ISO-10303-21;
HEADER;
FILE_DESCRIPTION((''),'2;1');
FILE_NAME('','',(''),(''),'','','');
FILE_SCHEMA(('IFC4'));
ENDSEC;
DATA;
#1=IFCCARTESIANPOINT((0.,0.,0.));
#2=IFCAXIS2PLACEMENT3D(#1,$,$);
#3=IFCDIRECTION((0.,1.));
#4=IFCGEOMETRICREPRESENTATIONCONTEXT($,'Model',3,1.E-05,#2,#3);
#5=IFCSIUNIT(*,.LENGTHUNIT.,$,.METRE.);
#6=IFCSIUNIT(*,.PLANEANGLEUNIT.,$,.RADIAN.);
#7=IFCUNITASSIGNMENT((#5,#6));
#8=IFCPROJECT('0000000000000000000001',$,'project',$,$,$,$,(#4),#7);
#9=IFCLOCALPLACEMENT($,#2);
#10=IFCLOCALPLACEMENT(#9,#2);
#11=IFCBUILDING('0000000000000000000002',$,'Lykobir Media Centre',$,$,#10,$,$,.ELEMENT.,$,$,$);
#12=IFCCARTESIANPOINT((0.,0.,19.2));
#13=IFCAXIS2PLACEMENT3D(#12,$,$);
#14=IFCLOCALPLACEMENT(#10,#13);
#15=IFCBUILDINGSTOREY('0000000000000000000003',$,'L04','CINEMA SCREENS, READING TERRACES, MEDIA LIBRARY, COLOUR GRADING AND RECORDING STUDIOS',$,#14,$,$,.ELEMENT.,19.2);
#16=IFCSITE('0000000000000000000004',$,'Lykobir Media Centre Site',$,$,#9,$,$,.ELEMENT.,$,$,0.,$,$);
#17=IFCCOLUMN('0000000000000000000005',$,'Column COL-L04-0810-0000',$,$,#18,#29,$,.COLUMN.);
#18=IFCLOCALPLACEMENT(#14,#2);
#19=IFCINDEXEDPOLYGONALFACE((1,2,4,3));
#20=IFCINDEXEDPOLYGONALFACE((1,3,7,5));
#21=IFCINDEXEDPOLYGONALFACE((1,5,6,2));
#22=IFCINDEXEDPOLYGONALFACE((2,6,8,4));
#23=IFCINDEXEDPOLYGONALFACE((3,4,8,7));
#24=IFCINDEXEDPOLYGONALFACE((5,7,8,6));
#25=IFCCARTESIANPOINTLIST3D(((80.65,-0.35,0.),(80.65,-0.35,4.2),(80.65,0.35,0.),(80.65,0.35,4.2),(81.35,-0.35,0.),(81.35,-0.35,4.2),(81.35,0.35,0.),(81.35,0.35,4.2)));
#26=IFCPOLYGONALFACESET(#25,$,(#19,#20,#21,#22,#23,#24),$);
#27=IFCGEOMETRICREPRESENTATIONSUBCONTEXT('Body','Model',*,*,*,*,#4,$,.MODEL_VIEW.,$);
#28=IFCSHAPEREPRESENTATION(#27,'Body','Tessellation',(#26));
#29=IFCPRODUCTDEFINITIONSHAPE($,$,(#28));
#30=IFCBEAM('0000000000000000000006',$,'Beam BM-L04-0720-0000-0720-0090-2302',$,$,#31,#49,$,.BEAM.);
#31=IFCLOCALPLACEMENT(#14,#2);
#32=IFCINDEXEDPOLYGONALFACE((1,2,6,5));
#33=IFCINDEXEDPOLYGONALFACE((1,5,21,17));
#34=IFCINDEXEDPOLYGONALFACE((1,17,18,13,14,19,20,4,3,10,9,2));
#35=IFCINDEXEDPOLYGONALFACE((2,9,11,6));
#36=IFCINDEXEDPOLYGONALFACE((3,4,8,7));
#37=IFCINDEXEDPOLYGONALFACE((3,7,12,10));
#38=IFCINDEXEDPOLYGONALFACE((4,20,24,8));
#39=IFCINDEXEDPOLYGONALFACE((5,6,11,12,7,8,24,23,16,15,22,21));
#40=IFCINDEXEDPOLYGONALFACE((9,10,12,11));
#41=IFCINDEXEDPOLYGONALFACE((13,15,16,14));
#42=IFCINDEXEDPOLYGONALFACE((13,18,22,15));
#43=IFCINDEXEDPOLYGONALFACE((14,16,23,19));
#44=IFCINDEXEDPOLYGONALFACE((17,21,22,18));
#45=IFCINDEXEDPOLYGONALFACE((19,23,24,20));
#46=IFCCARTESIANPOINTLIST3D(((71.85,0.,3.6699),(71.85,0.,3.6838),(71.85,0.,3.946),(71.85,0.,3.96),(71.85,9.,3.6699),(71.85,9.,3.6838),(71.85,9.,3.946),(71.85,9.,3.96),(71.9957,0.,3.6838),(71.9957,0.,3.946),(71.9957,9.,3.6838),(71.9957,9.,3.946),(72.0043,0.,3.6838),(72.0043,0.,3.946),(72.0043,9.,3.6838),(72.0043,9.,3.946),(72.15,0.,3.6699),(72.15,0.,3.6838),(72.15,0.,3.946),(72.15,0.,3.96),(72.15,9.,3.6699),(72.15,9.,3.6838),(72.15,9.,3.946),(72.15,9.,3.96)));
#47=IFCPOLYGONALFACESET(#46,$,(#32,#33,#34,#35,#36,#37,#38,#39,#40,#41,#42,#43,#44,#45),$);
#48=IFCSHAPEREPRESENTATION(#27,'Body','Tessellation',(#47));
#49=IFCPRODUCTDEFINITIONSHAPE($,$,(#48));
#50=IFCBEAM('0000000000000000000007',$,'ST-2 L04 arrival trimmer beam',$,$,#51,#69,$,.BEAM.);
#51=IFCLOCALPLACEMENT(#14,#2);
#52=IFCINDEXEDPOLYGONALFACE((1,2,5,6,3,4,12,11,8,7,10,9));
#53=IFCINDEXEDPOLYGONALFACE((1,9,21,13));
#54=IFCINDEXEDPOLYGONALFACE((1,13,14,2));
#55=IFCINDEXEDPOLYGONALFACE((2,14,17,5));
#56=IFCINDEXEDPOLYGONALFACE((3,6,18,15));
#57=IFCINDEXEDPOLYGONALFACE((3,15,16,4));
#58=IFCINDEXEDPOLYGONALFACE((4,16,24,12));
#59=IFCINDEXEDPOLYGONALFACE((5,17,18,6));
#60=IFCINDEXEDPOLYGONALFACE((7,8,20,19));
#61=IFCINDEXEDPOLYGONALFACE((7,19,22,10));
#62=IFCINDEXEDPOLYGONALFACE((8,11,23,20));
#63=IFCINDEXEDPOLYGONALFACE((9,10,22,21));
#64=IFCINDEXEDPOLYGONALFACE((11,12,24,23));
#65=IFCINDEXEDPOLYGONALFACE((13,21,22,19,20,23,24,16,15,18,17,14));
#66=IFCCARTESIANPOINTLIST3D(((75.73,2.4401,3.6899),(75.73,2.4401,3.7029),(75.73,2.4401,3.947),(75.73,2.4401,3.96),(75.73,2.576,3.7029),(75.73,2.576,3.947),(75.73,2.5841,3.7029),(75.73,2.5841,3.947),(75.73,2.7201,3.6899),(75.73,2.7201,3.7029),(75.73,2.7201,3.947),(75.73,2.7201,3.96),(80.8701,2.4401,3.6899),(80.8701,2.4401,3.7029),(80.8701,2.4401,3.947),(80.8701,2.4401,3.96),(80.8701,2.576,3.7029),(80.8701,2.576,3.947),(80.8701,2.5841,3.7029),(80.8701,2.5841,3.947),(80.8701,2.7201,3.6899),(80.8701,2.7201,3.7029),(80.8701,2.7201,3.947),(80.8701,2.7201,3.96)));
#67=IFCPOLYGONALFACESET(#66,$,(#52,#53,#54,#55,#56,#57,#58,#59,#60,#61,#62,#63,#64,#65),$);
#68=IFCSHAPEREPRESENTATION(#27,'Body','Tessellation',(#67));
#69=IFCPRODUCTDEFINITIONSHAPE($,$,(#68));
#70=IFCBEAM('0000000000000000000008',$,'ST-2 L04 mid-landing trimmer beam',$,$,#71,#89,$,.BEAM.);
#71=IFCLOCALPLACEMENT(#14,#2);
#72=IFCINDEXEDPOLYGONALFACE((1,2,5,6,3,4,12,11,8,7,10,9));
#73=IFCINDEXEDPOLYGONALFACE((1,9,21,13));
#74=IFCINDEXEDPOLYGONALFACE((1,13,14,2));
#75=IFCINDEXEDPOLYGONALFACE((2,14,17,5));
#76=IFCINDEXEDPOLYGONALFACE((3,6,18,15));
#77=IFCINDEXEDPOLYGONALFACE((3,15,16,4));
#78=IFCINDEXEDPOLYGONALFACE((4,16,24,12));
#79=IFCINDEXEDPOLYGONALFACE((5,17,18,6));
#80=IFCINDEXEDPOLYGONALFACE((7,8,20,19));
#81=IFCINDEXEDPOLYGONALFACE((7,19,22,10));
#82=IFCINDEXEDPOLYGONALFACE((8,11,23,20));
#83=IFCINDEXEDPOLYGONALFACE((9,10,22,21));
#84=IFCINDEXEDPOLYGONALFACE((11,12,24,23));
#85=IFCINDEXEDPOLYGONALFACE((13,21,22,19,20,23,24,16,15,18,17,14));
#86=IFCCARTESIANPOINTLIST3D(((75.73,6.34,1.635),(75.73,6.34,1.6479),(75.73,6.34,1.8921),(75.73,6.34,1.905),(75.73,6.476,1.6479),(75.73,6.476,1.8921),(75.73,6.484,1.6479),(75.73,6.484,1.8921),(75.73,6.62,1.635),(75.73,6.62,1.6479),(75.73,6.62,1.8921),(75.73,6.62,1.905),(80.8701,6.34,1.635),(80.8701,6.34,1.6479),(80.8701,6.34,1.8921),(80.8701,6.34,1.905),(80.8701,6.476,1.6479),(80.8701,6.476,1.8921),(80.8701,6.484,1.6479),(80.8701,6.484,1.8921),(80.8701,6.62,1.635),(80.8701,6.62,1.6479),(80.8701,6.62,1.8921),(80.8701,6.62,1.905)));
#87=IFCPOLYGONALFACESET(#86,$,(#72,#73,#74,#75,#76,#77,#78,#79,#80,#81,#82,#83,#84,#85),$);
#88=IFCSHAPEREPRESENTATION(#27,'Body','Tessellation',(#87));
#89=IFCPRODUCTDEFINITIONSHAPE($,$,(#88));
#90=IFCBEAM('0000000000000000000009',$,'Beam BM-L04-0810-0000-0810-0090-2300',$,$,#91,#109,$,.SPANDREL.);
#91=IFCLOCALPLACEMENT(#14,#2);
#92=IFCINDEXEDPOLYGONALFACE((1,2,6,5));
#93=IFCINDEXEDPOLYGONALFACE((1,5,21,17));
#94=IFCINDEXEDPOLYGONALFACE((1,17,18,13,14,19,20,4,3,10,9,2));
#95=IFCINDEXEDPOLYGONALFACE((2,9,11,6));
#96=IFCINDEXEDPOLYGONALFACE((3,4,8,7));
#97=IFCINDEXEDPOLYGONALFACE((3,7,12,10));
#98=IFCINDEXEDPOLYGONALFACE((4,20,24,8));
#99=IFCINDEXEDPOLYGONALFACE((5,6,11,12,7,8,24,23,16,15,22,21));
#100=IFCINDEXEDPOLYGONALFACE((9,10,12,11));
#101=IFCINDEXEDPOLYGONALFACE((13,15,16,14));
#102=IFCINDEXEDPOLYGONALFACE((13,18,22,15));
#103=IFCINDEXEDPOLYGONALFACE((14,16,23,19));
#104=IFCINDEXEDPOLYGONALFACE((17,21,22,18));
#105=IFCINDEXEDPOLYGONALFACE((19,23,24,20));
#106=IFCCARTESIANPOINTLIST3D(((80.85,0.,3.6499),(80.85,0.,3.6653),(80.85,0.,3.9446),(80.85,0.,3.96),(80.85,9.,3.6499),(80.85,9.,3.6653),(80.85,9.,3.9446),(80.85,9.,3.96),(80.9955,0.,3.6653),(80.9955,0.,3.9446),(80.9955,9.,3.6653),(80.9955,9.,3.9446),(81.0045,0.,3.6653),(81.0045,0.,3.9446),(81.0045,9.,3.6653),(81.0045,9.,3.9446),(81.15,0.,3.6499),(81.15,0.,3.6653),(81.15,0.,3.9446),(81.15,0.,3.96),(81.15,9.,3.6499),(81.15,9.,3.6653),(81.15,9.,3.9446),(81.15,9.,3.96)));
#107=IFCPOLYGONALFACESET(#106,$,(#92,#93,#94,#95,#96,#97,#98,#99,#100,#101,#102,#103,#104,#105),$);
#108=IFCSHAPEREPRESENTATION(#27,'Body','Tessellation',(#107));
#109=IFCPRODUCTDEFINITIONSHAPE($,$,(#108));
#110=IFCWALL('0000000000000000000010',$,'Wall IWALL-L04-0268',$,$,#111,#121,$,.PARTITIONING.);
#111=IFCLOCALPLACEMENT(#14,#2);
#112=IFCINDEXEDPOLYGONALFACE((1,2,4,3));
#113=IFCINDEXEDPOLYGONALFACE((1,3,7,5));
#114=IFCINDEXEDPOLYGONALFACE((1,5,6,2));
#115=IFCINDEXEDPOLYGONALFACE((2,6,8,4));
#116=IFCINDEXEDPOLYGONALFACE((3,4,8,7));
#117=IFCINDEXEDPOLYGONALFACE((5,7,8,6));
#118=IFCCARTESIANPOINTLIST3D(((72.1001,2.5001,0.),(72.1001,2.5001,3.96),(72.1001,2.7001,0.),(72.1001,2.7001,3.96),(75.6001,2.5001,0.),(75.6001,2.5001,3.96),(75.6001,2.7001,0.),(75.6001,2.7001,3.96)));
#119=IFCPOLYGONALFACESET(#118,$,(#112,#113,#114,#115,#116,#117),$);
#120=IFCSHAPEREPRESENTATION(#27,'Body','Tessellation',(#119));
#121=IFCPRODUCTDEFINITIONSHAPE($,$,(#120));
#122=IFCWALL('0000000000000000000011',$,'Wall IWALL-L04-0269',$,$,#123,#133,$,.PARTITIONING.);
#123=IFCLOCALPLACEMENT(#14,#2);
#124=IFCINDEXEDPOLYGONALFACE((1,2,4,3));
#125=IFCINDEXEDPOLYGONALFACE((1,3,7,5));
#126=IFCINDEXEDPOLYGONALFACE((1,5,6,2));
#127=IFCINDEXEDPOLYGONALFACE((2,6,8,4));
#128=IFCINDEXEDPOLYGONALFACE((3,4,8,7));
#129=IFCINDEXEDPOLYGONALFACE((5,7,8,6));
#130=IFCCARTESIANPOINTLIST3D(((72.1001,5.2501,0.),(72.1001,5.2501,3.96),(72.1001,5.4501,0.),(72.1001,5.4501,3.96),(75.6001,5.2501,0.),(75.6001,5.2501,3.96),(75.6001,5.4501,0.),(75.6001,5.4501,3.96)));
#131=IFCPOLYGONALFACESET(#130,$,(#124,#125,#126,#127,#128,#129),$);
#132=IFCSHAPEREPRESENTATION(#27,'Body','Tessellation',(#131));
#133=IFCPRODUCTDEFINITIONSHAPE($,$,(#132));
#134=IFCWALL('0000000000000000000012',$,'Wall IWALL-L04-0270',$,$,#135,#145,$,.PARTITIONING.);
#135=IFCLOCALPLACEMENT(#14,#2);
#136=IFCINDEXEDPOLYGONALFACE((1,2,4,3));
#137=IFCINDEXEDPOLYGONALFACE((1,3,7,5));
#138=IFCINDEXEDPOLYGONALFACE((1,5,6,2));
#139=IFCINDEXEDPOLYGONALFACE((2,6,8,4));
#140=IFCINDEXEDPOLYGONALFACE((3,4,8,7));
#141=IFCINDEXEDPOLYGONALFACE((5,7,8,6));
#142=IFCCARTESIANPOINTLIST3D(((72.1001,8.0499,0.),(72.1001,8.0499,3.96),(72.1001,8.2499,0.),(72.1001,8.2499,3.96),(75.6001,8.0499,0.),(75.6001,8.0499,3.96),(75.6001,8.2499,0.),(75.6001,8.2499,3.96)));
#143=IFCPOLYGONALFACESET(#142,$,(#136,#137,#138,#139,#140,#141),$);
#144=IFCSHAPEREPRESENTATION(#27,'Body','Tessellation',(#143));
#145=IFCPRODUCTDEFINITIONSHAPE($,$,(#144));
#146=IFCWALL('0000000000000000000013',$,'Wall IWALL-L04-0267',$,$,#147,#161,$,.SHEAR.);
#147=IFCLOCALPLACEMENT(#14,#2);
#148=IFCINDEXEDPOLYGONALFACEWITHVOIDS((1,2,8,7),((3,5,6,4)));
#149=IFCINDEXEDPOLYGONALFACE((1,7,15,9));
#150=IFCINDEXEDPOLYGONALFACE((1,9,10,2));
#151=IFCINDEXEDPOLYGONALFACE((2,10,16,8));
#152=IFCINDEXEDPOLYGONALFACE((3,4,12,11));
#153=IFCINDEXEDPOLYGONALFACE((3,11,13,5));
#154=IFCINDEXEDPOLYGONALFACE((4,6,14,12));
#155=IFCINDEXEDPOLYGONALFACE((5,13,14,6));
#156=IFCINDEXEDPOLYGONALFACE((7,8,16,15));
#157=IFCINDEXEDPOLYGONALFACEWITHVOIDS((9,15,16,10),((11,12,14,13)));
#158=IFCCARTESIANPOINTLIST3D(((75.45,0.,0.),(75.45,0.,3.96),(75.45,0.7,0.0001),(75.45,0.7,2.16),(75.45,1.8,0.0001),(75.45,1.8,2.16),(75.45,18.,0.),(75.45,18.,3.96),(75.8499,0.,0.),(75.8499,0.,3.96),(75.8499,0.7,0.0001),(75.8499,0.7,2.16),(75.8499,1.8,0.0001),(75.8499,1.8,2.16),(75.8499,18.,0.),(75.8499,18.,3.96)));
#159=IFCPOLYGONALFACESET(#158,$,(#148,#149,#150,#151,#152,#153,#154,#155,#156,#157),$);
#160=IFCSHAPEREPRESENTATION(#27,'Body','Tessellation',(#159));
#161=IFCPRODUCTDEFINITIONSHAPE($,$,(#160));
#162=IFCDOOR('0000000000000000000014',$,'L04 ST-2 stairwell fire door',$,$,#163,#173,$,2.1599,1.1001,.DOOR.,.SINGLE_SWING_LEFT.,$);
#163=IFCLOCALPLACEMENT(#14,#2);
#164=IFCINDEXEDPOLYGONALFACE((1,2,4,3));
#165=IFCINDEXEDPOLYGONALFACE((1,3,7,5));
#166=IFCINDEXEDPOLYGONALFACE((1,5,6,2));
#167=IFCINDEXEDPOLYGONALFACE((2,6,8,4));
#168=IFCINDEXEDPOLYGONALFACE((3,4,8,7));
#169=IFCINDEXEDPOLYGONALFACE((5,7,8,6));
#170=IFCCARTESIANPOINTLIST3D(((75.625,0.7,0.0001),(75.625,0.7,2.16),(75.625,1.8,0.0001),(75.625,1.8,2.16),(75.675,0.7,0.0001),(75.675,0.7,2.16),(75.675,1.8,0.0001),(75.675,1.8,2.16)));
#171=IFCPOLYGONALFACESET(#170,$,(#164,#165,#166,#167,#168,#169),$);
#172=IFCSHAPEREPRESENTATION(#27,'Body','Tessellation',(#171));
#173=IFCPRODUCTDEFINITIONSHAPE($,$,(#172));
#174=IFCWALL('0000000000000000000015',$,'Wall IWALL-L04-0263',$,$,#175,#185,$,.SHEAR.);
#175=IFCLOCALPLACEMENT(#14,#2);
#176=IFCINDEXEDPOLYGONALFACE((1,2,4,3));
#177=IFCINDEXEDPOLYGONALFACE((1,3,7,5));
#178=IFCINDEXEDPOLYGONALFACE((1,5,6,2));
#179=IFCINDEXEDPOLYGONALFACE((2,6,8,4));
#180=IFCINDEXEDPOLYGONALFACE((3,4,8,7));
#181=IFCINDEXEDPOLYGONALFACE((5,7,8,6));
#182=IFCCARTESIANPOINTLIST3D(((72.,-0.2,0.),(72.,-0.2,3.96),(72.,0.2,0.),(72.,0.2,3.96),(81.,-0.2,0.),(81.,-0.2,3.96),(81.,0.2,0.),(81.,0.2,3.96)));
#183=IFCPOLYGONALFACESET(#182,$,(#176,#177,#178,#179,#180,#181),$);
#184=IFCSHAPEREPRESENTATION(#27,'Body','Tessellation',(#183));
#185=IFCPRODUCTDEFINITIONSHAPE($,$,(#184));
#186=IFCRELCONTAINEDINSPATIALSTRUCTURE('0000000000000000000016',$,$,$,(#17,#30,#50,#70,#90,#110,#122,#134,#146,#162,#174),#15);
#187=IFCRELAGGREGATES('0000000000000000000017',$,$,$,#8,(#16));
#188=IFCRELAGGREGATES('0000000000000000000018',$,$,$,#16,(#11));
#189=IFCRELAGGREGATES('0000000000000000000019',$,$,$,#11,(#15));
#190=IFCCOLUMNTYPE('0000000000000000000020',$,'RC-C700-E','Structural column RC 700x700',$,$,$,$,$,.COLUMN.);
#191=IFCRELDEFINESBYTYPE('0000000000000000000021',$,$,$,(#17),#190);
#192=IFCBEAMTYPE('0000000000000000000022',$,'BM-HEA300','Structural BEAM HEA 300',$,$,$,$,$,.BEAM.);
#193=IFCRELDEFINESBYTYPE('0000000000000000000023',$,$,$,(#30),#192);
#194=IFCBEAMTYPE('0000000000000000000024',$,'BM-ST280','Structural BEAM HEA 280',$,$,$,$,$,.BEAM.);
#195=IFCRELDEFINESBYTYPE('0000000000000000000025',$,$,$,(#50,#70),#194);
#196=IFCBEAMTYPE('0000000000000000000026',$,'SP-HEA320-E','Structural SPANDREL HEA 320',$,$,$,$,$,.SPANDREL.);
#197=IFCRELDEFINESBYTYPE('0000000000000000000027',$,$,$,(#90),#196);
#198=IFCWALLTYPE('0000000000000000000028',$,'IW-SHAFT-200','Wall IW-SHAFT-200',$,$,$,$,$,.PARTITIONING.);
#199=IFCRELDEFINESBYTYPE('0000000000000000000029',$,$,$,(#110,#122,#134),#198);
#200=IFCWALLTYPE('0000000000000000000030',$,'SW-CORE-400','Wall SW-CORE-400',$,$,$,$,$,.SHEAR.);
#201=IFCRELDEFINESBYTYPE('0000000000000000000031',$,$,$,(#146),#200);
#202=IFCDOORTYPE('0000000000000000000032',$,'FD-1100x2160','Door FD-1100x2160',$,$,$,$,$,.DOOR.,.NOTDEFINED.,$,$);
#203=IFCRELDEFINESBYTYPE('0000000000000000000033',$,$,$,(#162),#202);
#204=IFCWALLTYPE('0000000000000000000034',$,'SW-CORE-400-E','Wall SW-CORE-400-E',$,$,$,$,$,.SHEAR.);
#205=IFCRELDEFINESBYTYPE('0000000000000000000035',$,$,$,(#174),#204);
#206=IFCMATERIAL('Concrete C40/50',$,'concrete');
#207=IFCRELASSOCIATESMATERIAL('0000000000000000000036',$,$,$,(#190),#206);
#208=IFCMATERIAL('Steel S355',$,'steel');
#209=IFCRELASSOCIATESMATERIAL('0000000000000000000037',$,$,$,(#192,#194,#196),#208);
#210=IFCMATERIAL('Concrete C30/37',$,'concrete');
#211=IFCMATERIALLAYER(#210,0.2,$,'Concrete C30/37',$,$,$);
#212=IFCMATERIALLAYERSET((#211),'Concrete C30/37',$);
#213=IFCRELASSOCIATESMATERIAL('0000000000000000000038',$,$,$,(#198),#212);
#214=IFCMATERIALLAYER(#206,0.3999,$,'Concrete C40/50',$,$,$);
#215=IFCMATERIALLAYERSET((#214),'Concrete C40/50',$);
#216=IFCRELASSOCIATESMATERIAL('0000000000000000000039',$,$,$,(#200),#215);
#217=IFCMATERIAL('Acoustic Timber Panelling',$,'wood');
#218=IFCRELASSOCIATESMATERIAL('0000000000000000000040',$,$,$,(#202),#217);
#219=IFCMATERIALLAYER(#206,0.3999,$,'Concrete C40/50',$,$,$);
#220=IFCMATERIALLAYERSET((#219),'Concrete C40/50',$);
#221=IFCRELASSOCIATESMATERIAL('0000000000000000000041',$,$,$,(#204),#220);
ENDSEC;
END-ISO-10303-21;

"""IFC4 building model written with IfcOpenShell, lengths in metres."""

from ifc_helpers import new_model, si_unit, direction, frame, frame_2d, origin, origin_2d, place, context, subcontext, project, spatial, rectangle, i_section, extrude, material, layer, layer_set, material_profile, profile_set, type_object, element, fill, save


model = new_model("IFC4")

# Units and contexts
model_context = context("Model", 3, precision=1e-05, world=origin(), true_north=direction((0.0, 1.0)))
body_context = subcontext(model_context, "Body", "Model", "MODEL_VIEW")
ifc_project = project(units=[si_unit("LENGTHUNIT", "METRE"), si_unit("PLANEANGLEUNIT", "RADIAN")], contexts=[model_context])

# Site, building, storey
site_placement = place(None, origin())
site = spatial("IfcSite", under=ifc_project, at=site_placement, Name="Lykobir Media Centre Site", CompositionType="ELEMENT", RefElevation=0.0)
building_placement = place(site_placement, origin())
building = spatial("IfcBuilding", under=site, at=building_placement, Name="Lykobir Media Centre", CompositionType="ELEMENT")
storey_placement = place(building_placement, frame((0.0, 0.0, 19.2)))
storey = spatial("IfcBuildingStorey", under=building, at=storey_placement, Name="L04", Description="CINEMA SCREENS, READING TERRACES, MEDIA LIBRARY, COLOUR GRADING AND RECORDING STUDIOS", CompositionType="ELEMENT", Elevation=19.2)

# Column
ifc_material_1 = material(Name="Concrete C40/50", Category="concrete")
ifc_material_profile_1 = material_profile(ifc_material_1, rectangle(XDim=0.7, YDim=0.7, at=origin_2d()), Name="RC 700x700")
ifc_profile_set_1 = profile_set([ifc_material_profile_1], Name="Concrete C40/50")
column_type = type_object("IfcColumnType", Name="RC-C700-E", Description="Structural column RC 700x700", PredefinedType="COLUMN", material=ifc_profile_set_1)
column_placement = place(storey_placement, frame((81.0, 0.0, 0.0), z_axis=(0.0, 0.0, 1.0), x_axis=(1.0, 0.0, 0.0)))
element("IfcColumn", 1, at=column_placement, inside=storey, type_object=column_type, Name="Column COL-L04-0810-0000", PredefinedType="COLUMN", context=body_context, shape_type="SweptSolid", body=[
    extrude(rectangle(XDim=0.7, YDim=0.7, at=origin_2d()), origin(), (0.0, 0.0, 1.0), 4.2),
])

# Beams
ifc_material_2 = material(Name="Steel S355", Category="steel")
ifc_material_profile_2 = material_profile(ifc_material_2, i_section(OverallWidth=0.3, OverallDepth=0.29, WebThickness=0.0085, FlangeThickness=0.0139, at=origin_2d()), Name="HEA 300")
ifc_profile_set_2 = profile_set([ifc_material_profile_2], Name="Steel S355")
beam_type_1 = type_object("IfcBeamType", Name="BM-HEA300", Description="Structural BEAM HEA 300", PredefinedType="BEAM", material=ifc_profile_set_2)
beam_1_placement = place(storey_placement, frame((72.0, 0.0, 3.8149), z_axis=(0.0, 1.0, 0.0), x_axis=(-1.0, 0.0, 0.0)))
element("IfcBeam", 2, at=beam_1_placement, inside=storey, type_object=beam_type_1, Name="Beam BM-L04-0720-0000-0720-0090-2302", PredefinedType="BEAM", context=body_context, shape_type="SweptSolid", body=[
    extrude(i_section(OverallWidth=0.3, OverallDepth=0.29, WebThickness=0.0085, FlangeThickness=0.0139, at=origin_2d()), origin(), (0.0, 0.0, 1.0), 9.0),
])
ifc_material_profile_3 = material_profile(ifc_material_2, i_section(OverallWidth=0.28, OverallDepth=0.27, WebThickness=0.0081, FlangeThickness=0.0129, at=origin_2d()), Name="HEA 280")
ifc_profile_set_3 = profile_set([ifc_material_profile_3], Name="Steel S355")
beam_type_2 = type_object("IfcBeamType", Name="BM-ST280", Description="Structural BEAM HEA 280", PredefinedType="BEAM", material=ifc_profile_set_3)
for number, where, z_axis, x_axis, name in (
    (3, (75.73, 2.5801, 3.825), (1.0, 0.0, 0.0), (0.0, 1.0, 0.0), "ST-2 L04 arrival trimmer beam"),
    (4, (75.73, 6.48, 1.77), (1.0, 0.0, 0.0), (0.0, 1.0, 0.0), "ST-2 L04 mid-landing trimmer beam"),
):
    element("IfcBeam", number, at=place(storey_placement, frame(where, z_axis=z_axis, x_axis=x_axis)), inside=storey, type_object=beam_type_2, Name=name, PredefinedType="BEAM", context=body_context, shape_type="SweptSolid", body=[
        extrude(i_section(OverallWidth=0.28, OverallDepth=0.27, WebThickness=0.0081, FlangeThickness=0.0129, at=origin_2d()), origin(), (0.0, 0.0, 1.0), 5.1401),
    ])
ifc_material_profile_4 = material_profile(ifc_material_2, i_section(OverallWidth=0.3, OverallDepth=0.3101, WebThickness=0.009, FlangeThickness=0.0154, at=origin_2d()), Name="HEA 320")
ifc_profile_set_4 = profile_set([ifc_material_profile_4], Name="Steel S355")
beam_type_3 = type_object("IfcBeamType", Name="SP-HEA320-E", Description="Structural SPANDREL HEA 320", PredefinedType="SPANDREL", material=ifc_profile_set_4)
beam_2_placement = place(storey_placement, frame((81.0, 0.0, 3.8049), z_axis=(0.0, 1.0, 0.0), x_axis=(-1.0, 0.0, 0.0)))
element("IfcBeam", 5, at=beam_2_placement, inside=storey, type_object=beam_type_3, Name="Beam BM-L04-0810-0000-0810-0090-2300", PredefinedType="SPANDREL", context=body_context, shape_type="SweptSolid", body=[
    extrude(i_section(OverallWidth=0.3, OverallDepth=0.3101, WebThickness=0.009, FlangeThickness=0.0154, at=origin_2d()), origin(), (0.0, 0.0, 1.0), 9.0),
])

# Walls
ifc_material_3 = material(Name="Concrete C30/37", Category="concrete")
ifc_layer_1 = layer(ifc_material_3, 0.2, Name="Concrete C30/37")
ifc_layer_set_1 = layer_set([ifc_layer_1], Name="Concrete C30/37")
wall_type_1 = type_object("IfcWallType", Name="IW-SHAFT-200", Description="Wall IW-SHAFT-200", PredefinedType="PARTITIONING", material=ifc_layer_set_1)
for number, where, z_axis, x_axis, name in (
    (6, (72.1001, 2.6001, 0.0), (0.0, 0.0, 1.0), (1.0, 0.0, 0.0), "Wall IWALL-L04-0268"),
    (7, (72.1001, 5.3501, 0.0), (0.0, 0.0, 1.0), (1.0, 0.0, 0.0), "Wall IWALL-L04-0269"),
    (8, (72.1001, 8.1499, 0.0), (0.0, 0.0, 1.0), (1.0, 0.0, 0.0), "Wall IWALL-L04-0270"),
):
    element("IfcWall", number, at=place(storey_placement, frame(where, z_axis=z_axis, x_axis=x_axis)), inside=storey, type_object=wall_type_1, Name=name, PredefinedType="PARTITIONING", context=body_context, shape_type="SweptSolid", body=[
        extrude(rectangle(XDim=3.5, YDim=0.2, at=frame_2d((1.75, 0.0))), origin(), (0.0, 0.0, 1.0), 3.96),
    ])

# Wall, opening, door
ifc_layer_2 = layer(ifc_material_1, 0.3999, Name="Concrete C40/50")
ifc_layer_set_2 = layer_set([ifc_layer_2], Name="Concrete C40/50")
wall_type_2 = type_object("IfcWallType", Name="SW-CORE-400", Description="Wall SW-CORE-400", PredefinedType="SHEAR", material=ifc_layer_set_2)
wall_1_placement = place(storey_placement, frame((75.6499, 0.0, 0.0), z_axis=(0.0, 0.0, 1.0), x_axis=(0.0, 1.0, 0.0)))
wall_1 = element("IfcWall", 9, at=wall_1_placement, inside=storey, type_object=wall_type_2, Name="Wall IWALL-L04-0267", PredefinedType="SHEAR", context=body_context, shape_type="SweptSolid", body=[
    extrude(rectangle(XDim=18.0, YDim=0.3999, at=frame_2d((9.0, 0.0))), origin(), (0.0, 0.0, 1.0), 3.96),
])
opening_placement = place(wall_1_placement, frame((0.7, 0.0, 0.0)))
opening = element("IfcOpeningElement", 10, at=opening_placement, cuts=wall_1, PredefinedType="OPENING", context=body_context, shape_type="SweptSolid", body=[
    extrude(rectangle(XDim=1.1001, YDim=2.1599, at=frame_2d((0.55, 1.0801))), frame((0.0, 0.21, 0.0), z_axis=(0.0, -1.0, 0.0), x_axis=(1.0, 0.0, 0.0)), (0.0, 0.0, 1.0), 0.4199),
])
ifc_material_4 = material(Name="Acoustic Timber Panelling", Category="wood")
door_type = type_object("IfcDoorType", Name="FD-1100x2160", Description="Door FD-1100x2160", OperationType="NOTDEFINED", PredefinedType="DOOR", material=ifc_material_4)
door_placement = place(opening_placement, origin())
door = element("IfcDoor", 11, at=door_placement, inside=storey, type_object=door_type, Name="L04 ST-2 stairwell fire door", OperationType="SINGLE_SWING_LEFT", OverallHeight=2.1599, OverallWidth=1.1001, PredefinedType="DOOR", context=body_context, shape_type="SweptSolid", body=[
    extrude(rectangle(XDim=1.1001, YDim=2.1599, at=frame_2d((0.55, 1.0801))), frame((0.0, 0.0249, 0.0), z_axis=(0.0, -1.0, 0.0), x_axis=(1.0, 0.0, 0.0)), (0.0, 0.0, 1.0), 0.05),
])
fill(opening, door)

# Wall
ifc_layer_3 = layer(ifc_material_1, 0.3999, Name="Concrete C40/50")
ifc_layer_set_3 = layer_set([ifc_layer_3], Name="Concrete C40/50")
wall_type_3 = type_object("IfcWallType", Name="SW-CORE-400-E", Description="Wall SW-CORE-400-E", PredefinedType="SHEAR", material=ifc_layer_set_3)
wall_2_placement = place(storey_placement, frame((72.0, 0.0, 0.0), z_axis=(0.0, 0.0, 1.0), x_axis=(1.0, 0.0, 0.0)))
element("IfcWall", 12, at=wall_2_placement, inside=storey, type_object=wall_type_3, Name="Wall IWALL-L04-0263", PredefinedType="SHEAR", context=body_context, shape_type="SweptSolid", body=[
    extrude(rectangle(XDim=9.0, YDim=0.3999, at=frame_2d((4.5, 0.0))), origin(), (0.0, 0.0, 1.0), 3.96),
])

save(model, "model.ifc")
